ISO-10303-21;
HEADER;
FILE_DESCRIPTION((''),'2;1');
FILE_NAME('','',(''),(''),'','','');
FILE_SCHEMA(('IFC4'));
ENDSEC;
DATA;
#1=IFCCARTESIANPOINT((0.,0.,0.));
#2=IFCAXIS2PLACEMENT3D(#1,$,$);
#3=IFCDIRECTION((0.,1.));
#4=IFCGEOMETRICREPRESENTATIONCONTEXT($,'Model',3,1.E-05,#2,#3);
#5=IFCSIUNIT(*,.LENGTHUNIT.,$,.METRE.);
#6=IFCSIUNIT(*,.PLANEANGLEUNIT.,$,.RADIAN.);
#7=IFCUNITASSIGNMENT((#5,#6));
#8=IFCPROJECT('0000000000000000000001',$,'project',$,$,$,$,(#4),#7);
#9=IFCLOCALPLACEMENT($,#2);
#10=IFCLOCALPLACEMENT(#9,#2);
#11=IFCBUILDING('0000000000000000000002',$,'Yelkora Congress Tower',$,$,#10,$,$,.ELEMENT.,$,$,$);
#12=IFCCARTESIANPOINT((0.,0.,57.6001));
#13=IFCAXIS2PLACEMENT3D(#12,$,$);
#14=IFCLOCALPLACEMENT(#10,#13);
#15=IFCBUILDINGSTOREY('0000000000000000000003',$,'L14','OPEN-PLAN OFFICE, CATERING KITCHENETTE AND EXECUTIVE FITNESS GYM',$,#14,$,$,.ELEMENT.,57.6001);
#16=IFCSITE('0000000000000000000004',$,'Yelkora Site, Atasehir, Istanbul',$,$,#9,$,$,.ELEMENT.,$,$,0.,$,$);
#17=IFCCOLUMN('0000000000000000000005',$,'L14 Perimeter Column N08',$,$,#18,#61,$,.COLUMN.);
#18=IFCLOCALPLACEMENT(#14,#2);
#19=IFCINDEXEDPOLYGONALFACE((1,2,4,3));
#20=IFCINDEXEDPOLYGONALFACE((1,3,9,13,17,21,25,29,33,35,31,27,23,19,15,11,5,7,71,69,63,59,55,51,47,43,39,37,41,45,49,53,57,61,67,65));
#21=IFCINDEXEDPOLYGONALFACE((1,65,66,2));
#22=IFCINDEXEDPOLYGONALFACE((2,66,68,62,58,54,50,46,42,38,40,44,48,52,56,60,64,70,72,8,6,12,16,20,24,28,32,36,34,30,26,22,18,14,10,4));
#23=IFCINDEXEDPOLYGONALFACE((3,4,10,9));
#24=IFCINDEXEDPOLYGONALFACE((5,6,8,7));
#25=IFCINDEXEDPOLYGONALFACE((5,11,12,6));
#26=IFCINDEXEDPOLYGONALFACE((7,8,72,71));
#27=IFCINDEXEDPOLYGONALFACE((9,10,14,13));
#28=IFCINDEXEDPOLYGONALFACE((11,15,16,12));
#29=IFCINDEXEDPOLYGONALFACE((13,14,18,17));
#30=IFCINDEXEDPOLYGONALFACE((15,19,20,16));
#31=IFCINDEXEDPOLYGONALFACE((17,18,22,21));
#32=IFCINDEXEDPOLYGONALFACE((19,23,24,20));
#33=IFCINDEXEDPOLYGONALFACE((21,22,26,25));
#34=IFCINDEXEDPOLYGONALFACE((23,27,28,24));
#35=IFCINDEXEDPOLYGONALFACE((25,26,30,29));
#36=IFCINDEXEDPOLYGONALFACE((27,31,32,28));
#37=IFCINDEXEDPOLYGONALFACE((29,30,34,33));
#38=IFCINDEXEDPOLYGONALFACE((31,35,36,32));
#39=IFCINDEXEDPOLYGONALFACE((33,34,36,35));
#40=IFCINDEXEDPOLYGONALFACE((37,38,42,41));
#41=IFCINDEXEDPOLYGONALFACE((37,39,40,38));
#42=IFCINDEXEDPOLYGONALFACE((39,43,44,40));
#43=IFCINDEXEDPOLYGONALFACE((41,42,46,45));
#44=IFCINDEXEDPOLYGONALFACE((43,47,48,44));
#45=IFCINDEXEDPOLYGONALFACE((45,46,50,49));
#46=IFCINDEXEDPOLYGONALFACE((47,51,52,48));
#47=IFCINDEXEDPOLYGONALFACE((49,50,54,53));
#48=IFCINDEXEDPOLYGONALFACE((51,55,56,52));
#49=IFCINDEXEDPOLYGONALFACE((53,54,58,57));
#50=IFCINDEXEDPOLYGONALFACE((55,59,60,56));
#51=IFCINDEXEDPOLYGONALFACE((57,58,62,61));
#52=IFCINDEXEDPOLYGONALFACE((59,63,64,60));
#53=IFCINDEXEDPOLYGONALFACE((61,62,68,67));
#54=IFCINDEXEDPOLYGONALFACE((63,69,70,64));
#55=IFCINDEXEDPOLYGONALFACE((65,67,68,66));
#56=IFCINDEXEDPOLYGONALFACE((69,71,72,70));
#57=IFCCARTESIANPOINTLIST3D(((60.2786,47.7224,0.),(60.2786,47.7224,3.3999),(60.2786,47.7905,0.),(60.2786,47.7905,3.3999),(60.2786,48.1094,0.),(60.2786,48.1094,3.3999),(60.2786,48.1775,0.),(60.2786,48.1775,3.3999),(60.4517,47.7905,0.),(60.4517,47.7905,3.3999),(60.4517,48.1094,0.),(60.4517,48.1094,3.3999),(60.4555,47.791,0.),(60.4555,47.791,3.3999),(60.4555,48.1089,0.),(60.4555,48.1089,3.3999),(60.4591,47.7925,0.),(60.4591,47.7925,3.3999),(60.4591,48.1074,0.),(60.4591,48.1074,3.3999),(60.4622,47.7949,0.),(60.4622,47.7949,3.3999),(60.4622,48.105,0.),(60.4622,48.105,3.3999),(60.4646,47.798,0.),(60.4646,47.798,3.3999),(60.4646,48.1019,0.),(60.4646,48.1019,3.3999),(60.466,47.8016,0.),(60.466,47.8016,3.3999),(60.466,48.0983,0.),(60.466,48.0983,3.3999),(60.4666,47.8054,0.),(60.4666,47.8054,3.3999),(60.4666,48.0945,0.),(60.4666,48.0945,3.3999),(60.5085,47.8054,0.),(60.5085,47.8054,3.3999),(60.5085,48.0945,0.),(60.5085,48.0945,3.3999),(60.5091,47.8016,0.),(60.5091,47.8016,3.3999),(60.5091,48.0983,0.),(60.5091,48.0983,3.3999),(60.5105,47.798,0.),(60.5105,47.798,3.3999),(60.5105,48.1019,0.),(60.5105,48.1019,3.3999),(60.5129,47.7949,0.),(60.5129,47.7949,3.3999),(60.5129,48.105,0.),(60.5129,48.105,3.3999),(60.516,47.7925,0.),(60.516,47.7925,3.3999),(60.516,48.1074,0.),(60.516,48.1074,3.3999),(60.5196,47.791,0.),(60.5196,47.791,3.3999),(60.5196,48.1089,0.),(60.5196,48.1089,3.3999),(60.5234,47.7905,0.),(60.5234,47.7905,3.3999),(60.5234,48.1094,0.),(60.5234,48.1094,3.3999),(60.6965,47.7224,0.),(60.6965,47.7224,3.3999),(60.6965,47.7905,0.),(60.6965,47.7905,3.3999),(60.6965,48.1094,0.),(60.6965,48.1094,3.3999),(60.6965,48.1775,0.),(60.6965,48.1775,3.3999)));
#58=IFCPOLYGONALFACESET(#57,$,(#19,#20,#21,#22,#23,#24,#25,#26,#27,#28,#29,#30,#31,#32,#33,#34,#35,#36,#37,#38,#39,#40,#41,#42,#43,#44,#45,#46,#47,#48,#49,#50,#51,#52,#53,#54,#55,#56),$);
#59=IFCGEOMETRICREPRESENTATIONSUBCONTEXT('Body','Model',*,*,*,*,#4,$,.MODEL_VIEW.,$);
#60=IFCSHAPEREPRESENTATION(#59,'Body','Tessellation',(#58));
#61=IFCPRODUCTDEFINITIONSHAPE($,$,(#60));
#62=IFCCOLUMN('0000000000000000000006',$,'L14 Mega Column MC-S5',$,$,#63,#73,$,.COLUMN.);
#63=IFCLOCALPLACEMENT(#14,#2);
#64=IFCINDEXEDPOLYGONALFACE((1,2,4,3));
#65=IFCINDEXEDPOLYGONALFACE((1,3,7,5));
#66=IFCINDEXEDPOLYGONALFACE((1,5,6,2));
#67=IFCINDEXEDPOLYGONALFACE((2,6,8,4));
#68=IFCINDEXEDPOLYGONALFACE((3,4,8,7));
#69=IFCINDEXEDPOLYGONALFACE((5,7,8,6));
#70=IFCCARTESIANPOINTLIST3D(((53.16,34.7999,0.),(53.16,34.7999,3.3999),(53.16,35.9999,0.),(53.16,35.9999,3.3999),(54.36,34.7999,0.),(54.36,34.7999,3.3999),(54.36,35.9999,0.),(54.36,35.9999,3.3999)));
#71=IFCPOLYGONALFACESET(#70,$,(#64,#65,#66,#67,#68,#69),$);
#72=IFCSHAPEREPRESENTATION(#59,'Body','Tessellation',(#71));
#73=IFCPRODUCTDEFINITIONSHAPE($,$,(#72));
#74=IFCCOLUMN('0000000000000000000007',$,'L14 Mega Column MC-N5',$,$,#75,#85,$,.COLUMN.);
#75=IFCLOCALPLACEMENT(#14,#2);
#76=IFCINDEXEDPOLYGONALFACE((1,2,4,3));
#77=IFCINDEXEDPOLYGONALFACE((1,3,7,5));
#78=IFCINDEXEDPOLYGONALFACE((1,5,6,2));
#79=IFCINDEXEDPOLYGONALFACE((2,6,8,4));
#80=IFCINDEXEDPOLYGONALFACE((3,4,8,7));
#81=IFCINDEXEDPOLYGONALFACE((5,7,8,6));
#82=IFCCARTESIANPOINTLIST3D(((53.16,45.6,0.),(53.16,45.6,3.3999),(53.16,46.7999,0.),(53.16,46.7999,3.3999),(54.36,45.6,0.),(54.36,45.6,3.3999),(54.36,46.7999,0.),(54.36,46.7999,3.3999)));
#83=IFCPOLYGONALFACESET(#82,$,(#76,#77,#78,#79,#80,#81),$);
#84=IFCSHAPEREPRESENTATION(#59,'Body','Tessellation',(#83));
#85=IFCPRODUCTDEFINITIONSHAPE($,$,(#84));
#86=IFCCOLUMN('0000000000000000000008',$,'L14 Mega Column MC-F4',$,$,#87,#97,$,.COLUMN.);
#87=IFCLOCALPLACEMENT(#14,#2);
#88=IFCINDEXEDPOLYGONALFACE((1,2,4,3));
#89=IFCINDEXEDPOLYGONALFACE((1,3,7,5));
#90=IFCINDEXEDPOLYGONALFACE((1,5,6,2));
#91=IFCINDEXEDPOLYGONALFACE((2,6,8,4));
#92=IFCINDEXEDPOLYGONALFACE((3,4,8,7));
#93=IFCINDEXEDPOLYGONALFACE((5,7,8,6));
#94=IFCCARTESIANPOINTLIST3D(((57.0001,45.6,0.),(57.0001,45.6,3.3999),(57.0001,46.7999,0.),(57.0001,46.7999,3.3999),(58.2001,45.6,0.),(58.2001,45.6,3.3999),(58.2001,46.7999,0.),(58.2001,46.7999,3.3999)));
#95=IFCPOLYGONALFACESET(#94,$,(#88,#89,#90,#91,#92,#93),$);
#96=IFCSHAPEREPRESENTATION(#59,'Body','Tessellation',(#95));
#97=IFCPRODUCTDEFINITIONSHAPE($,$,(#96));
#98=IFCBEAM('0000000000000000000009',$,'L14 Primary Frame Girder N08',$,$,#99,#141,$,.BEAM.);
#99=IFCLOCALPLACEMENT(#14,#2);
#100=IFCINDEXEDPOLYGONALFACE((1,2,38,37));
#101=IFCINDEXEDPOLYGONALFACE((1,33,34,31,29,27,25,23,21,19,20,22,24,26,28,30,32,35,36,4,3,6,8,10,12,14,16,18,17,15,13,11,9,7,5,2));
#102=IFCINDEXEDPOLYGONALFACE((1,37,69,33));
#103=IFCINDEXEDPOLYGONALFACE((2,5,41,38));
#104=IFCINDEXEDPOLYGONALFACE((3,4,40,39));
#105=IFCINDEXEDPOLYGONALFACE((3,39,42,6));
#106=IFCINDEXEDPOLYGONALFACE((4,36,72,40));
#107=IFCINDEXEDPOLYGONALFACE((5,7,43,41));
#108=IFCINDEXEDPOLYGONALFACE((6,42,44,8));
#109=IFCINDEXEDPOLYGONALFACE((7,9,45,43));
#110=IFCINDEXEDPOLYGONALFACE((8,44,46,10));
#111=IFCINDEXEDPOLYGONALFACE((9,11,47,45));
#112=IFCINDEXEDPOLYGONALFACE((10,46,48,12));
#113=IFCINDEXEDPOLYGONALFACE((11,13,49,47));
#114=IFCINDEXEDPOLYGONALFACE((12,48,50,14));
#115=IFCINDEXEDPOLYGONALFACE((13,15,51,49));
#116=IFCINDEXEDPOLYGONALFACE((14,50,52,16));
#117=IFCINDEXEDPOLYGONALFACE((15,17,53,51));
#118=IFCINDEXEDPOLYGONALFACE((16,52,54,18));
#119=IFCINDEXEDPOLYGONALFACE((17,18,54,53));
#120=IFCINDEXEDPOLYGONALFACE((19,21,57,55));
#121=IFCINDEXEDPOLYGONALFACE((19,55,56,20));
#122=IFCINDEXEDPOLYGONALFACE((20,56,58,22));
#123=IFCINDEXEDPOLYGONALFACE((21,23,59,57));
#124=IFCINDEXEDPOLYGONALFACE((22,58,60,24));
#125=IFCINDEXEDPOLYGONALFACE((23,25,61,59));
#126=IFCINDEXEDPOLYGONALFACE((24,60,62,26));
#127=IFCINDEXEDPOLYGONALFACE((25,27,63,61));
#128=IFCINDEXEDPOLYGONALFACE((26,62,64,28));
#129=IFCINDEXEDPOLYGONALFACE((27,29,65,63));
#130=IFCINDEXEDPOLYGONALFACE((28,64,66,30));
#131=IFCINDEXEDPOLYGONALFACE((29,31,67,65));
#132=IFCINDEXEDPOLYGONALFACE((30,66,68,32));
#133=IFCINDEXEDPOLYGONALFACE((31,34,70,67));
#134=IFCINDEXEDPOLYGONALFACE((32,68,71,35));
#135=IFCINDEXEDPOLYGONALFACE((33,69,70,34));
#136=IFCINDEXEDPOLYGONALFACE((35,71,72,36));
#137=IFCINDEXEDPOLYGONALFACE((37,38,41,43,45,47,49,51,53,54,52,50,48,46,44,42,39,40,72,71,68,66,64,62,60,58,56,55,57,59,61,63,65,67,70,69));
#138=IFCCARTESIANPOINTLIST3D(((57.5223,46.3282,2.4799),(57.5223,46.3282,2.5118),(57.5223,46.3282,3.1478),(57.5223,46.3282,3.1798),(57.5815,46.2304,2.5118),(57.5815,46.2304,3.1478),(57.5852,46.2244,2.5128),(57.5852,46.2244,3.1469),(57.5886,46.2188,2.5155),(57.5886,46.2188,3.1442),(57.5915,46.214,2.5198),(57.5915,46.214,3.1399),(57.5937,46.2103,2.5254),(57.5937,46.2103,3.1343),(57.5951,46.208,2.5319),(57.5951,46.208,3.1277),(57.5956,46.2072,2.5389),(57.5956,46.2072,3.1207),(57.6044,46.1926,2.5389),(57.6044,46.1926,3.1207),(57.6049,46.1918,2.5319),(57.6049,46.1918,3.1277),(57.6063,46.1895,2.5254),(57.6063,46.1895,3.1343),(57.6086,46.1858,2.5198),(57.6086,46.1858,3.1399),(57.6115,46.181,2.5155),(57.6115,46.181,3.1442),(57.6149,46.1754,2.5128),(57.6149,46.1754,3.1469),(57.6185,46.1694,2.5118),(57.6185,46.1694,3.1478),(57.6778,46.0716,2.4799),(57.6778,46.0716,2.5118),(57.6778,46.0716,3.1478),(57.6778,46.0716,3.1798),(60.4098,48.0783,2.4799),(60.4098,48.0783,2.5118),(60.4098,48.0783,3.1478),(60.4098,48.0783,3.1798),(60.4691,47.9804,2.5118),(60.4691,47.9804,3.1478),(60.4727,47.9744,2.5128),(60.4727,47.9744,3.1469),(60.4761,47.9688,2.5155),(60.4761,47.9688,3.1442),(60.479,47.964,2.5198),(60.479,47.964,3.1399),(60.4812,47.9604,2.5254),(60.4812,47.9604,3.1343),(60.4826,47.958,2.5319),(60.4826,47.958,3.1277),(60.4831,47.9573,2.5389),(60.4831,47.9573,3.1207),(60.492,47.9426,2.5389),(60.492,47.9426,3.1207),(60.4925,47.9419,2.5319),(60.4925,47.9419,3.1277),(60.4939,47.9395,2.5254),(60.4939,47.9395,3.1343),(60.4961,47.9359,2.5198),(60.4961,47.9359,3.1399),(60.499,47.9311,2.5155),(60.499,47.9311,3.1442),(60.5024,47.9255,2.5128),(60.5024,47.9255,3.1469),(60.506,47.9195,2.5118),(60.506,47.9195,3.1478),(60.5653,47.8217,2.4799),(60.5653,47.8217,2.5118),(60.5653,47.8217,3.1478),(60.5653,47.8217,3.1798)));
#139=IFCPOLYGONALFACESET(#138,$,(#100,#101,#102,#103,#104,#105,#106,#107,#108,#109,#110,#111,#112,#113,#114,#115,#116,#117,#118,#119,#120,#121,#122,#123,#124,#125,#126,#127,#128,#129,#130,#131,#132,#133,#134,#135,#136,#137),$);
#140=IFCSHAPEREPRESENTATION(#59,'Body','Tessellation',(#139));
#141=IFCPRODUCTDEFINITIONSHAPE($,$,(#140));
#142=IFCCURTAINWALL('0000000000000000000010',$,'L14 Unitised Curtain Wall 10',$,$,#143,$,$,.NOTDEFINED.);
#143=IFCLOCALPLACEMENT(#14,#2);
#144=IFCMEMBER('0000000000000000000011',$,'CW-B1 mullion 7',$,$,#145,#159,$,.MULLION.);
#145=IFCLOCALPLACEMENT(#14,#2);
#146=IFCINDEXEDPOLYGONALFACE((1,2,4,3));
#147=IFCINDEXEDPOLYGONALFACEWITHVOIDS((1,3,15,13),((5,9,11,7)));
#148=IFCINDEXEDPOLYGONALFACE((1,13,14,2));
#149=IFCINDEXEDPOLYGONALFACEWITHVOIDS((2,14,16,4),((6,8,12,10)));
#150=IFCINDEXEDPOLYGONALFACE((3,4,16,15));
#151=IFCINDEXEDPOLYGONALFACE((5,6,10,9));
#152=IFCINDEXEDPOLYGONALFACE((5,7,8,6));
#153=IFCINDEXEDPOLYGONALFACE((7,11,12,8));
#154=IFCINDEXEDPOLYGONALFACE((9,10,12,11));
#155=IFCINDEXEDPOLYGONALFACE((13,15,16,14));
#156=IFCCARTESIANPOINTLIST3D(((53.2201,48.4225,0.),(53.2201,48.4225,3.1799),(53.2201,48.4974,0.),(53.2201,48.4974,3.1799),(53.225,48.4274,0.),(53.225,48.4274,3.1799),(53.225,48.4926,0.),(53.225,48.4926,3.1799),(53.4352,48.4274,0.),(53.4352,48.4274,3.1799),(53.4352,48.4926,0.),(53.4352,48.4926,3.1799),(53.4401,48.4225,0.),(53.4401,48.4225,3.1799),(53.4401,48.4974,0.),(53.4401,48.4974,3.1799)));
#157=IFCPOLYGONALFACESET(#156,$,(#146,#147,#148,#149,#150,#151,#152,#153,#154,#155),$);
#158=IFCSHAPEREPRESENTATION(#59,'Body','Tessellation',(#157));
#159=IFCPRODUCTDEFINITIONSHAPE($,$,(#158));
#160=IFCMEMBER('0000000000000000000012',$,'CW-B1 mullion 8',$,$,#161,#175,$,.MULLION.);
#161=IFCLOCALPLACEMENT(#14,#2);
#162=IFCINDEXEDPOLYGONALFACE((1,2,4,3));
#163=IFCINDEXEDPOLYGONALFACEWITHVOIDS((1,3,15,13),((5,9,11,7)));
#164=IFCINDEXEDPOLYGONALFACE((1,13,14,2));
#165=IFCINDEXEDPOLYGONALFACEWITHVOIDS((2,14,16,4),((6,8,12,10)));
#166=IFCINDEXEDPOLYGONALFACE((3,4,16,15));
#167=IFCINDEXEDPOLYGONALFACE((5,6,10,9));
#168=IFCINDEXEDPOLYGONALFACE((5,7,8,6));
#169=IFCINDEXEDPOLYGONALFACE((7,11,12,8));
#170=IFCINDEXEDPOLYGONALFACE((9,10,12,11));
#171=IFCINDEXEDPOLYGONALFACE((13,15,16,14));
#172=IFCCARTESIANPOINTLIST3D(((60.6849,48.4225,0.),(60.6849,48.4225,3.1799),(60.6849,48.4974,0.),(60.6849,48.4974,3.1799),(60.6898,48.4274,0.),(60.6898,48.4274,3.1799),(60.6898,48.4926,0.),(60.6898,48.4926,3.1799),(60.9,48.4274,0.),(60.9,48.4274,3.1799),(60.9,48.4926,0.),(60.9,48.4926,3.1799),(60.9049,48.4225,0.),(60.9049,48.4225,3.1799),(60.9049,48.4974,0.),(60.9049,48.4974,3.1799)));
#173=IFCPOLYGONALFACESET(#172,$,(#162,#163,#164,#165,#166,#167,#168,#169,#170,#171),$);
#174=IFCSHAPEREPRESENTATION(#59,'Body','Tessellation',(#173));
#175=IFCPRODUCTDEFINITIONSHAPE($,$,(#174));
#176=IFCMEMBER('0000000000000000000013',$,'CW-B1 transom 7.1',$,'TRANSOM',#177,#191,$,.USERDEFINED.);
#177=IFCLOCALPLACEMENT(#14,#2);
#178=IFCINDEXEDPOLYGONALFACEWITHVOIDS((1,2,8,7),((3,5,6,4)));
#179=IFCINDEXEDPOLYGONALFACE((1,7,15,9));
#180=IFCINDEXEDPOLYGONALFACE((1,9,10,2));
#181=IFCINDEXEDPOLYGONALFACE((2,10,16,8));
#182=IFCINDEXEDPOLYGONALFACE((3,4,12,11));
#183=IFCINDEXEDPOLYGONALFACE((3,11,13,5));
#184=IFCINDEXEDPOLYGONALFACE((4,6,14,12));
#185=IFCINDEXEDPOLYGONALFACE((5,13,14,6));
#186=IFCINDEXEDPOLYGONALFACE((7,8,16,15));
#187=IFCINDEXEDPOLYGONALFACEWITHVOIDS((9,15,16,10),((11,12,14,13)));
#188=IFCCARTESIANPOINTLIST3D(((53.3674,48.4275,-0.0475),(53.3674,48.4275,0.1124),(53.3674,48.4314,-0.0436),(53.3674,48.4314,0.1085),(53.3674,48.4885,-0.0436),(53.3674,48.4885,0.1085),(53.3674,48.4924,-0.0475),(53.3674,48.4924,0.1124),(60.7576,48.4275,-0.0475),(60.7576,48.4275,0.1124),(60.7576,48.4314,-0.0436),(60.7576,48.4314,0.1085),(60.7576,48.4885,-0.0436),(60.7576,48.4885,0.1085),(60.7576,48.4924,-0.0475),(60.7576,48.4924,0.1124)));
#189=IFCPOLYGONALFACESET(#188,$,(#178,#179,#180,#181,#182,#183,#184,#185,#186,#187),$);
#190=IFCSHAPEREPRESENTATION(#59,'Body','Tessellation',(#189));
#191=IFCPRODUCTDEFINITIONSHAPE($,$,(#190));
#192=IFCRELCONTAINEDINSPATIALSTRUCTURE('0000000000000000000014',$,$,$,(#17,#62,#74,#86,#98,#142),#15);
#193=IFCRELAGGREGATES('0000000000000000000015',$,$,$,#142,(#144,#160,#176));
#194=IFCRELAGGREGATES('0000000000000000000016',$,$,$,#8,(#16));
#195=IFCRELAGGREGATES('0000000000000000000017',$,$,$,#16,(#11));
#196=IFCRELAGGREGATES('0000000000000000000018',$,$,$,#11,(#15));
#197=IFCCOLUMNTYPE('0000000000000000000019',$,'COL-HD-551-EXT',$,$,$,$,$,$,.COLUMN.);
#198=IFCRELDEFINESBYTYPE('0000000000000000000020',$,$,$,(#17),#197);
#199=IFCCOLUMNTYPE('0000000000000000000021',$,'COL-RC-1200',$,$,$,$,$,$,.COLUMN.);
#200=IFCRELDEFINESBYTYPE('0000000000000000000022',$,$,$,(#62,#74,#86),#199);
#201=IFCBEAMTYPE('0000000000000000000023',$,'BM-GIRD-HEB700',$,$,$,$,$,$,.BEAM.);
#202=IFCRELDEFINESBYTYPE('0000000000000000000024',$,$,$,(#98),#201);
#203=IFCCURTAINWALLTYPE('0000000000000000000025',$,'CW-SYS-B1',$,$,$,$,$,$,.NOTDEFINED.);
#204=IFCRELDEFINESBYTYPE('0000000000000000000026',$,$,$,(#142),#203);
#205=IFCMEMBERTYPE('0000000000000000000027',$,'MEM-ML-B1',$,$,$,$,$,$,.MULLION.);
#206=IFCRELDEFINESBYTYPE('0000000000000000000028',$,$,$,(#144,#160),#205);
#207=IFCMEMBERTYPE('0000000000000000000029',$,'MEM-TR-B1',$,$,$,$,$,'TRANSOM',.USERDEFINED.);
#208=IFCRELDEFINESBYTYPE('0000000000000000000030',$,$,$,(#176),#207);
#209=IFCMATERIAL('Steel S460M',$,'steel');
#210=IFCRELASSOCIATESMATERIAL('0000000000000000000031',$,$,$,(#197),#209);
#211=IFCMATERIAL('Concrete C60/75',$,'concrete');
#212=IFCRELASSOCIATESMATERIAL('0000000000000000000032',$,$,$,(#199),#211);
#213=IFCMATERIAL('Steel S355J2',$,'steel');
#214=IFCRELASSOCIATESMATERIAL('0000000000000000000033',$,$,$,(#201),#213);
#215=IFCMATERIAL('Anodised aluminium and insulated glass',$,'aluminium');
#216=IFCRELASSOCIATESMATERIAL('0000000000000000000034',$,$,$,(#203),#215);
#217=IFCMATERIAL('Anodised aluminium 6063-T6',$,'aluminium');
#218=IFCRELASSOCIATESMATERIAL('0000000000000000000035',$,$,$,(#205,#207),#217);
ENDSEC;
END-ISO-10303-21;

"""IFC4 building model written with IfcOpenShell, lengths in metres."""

from ifc_helpers import new_model, si_unit, direction, frame, origin, origin_2d, place, context, subcontext, project, spatial, rectangle, hollow_rectangle, i_section, extrude, material, material_profile, profile_set, type_object, element, aggregate, save


model = new_model("IFC4")

# Units and contexts
model_context = context("Model", 3, precision=1e-05, world=origin(), true_north=direction((0.0, 1.0)))
body_context = subcontext(model_context, "Body", "Model", "MODEL_VIEW")
ifc_project = project(units=[si_unit("LENGTHUNIT", "METRE"), si_unit("PLANEANGLEUNIT", "RADIAN")], contexts=[model_context])

# Site, building, storey
site_placement = place(None, origin())
site = spatial("IfcSite", under=ifc_project, at=site_placement, Name="Yelkora Site, Atasehir, Istanbul", CompositionType="ELEMENT", RefElevation=0.0)
building_placement = place(site_placement, origin())
building = spatial("IfcBuilding", under=site, at=building_placement, Name="Yelkora Congress Tower", CompositionType="ELEMENT")
storey_placement = place(building_placement, frame((0.0, 0.0, 57.6001)))
storey = spatial("IfcBuildingStorey", under=building, at=storey_placement, Name="L14", Description="OPEN-PLAN OFFICE, CATERING KITCHENETTE AND EXECUTIVE FITNESS GYM", CompositionType="ELEMENT", Elevation=57.6001)

# Columns
ifc_material_1 = material(Name="Steel S460M", Category="steel")
ifc_material_profile_1 = material_profile(ifc_material_1, i_section(OverallWidth=0.418, OverallDepth=0.4551, WebThickness=0.042, FlangeThickness=0.0681, FilletRadius=0.0149, at=origin_2d()), Name="HD 400x551")
ifc_profile_set_1 = profile_set([ifc_material_profile_1], Name="Steel S460M")
column_type_1 = type_object("IfcColumnType", Name="COL-HD-551-EXT", PredefinedType="COLUMN", material=ifc_profile_set_1)
column_placement = place(storey_placement, frame((60.4875, 47.95, 0.0), z_axis=(0.0, 0.0, 1.0), x_axis=(1.0, 0.0, 0.0)))
element("IfcColumn", 1, at=column_placement, inside=storey, type_object=column_type_1, Name="L14 Perimeter Column N08", PredefinedType="COLUMN", context=body_context, shape_type="SweptSolid", body=[
    extrude(i_section(OverallWidth=0.418, OverallDepth=0.4551, WebThickness=0.042, FlangeThickness=0.0681, FilletRadius=0.0149, at=origin_2d()), origin(), (0.0, 0.0, 1.0), 3.3999),
])
ifc_material_2 = material(Name="Concrete C60/75", Category="concrete")
ifc_material_profile_2 = material_profile(ifc_material_2, rectangle(XDim=1.2, YDim=1.2, at=origin_2d()), Name="RC 1200x1200")
ifc_profile_set_2 = profile_set([ifc_material_profile_2], Name="Concrete C60/75")
column_type_2 = type_object("IfcColumnType", Name="COL-RC-1200", PredefinedType="COLUMN", material=ifc_profile_set_2)
for number, where, z_axis, x_axis, name in (
    (2, (53.76, 35.3999, 0.0), (0.0, 0.0, 1.0), (1.0, 0.0, 0.0), "L14 Mega Column MC-S5"),
    (3, (53.76, 46.2, 0.0), (0.0, 0.0, 1.0), (1.0, 0.0, 0.0), "L14 Mega Column MC-N5"),
    (4, (57.6001, 46.2, 0.0), (0.0, 0.0, 1.0), (1.0, 0.0, 0.0), "L14 Mega Column MC-F4"),
):
    element("IfcColumn", number, at=place(storey_placement, frame(where, z_axis=z_axis, x_axis=x_axis)), inside=storey, type_object=column_type_2, Name=name, PredefinedType="COLUMN", context=body_context, shape_type="SweptSolid", body=[
        extrude(rectangle(XDim=1.2, YDim=1.2, at=origin_2d()), origin(), (0.0, 0.0, 1.0), 3.3999),
    ])

# Beam
ifc_material_3 = material(Name="Steel S355J2", Category="steel")
ifc_material_profile_3 = material_profile(ifc_material_3, i_section(OverallWidth=0.3, OverallDepth=0.7, WebThickness=0.0171, FlangeThickness=0.032, FilletRadius=0.0271, at=origin_2d()), Name="HEB 700")
ifc_profile_set_3 = profile_set([ifc_material_profile_3], Name="Steel S355J2")
beam_type = type_object("IfcBeamType", Name="BM-GIRD-HEB700", PredefinedType="BEAM", material=ifc_profile_set_3)
beam_placement = place(storey_placement, frame((60.4875, 47.95, 2.8298), z_axis=(-0.855194, -0.518308, 0.0), x_axis=(0.518308, -0.855194, 0.0)))
element("IfcBeam", 5, at=beam_placement, inside=storey, type_object=beam_type, Name="L14 Primary Frame Girder N08", PredefinedType="BEAM", context=body_context, shape_type="SweptSolid", body=[
    extrude(i_section(OverallWidth=0.3, OverallDepth=0.7, WebThickness=0.0171, FlangeThickness=0.032, FilletRadius=0.0271, at=origin_2d()), origin(), (0.0, 0.0, 1.0), 3.3765),
])

# Curtain wall, members
ifc_material_4 = material(Name="Anodised aluminium and insulated glass", Category="aluminium")
curtain_wall_type = type_object("IfcCurtainWallType", Name="CW-SYS-B1", PredefinedType="NOTDEFINED", material=ifc_material_4)
curtain_wall_placement = place(storey_placement, origin())
curtain_wall = element("IfcCurtainWall", 6, at=curtain_wall_placement, inside=storey, type_object=curtain_wall_type, Name="L14 Unitised Curtain Wall 10", PredefinedType="NOTDEFINED")
ifc_material_5 = material(Name="Anodised aluminium 6063-T6", Category="aluminium")
ifc_material_profile_4 = material_profile(ifc_material_5, hollow_rectangle(XDim=0.075, YDim=0.22, WallThickness=0.0049, at=origin_2d()), Name="ALU 75x220x5")
ifc_profile_set_4 = profile_set([ifc_material_profile_4], Name="Anodised aluminium 6063-T6")
member_type_1 = type_object("IfcMemberType", Name="MEM-ML-B1", PredefinedType="MULLION", material=ifc_profile_set_4)
member_1_placement = place(storey_placement, frame((53.3301, 48.46, 0.0), z_axis=(0.0, 0.0, 1.0), x_axis=(0.0, 1.0, 0.0)))
member_1 = element("IfcMember", 7, at=member_1_placement, type_object=member_type_1, Name="CW-B1 mullion 7", PredefinedType="MULLION", context=body_context, shape_type="SweptSolid", body=[
    extrude(hollow_rectangle(XDim=0.075, YDim=0.22, WallThickness=0.0049, at=origin_2d()), origin(), (0.0, 0.0, 1.0), 3.1799),
])
member_2_placement = place(storey_placement, frame((60.7949, 48.46, 0.0), z_axis=(0.0, 0.0, 1.0), x_axis=(0.0, 1.0, 0.0)))
member_2 = element("IfcMember", 8, at=member_2_placement, type_object=member_type_1, Name="CW-B1 mullion 8", PredefinedType="MULLION", context=body_context, shape_type="SweptSolid", body=[
    extrude(hollow_rectangle(XDim=0.075, YDim=0.22, WallThickness=0.0049, at=origin_2d()), origin(), (0.0, 0.0, 1.0), 3.1799),
])
ifc_material_profile_5 = material_profile(ifc_material_5, hollow_rectangle(XDim=0.0649, YDim=0.1599, WallThickness=0.0039, at=origin_2d()), Name="ALU 65x160x4")
ifc_profile_set_5 = profile_set([ifc_material_profile_5], Name="Anodised aluminium 6063-T6")
member_type_2 = type_object("IfcMemberType", Name="MEM-TR-B1", ElementType="TRANSOM", PredefinedType="USERDEFINED", material=ifc_profile_set_5)
member_3_placement = place(storey_placement, frame((53.3674, 48.46, 0.0325), z_axis=(1.0, 0.0, 0.0), x_axis=(0.0, 1.0, 0.0)))
member_3 = element("IfcMember", 9, at=member_3_placement, type_object=member_type_2, Name="CW-B1 transom 7.1", ObjectType="TRANSOM", PredefinedType="USERDEFINED", context=body_context, shape_type="SweptSolid", body=[
    extrude(hollow_rectangle(XDim=0.0649, YDim=0.1599, WallThickness=0.0039, at=origin_2d()), origin(), (0.0, 0.0, 1.0), 7.3901),
])
aggregate(curtain_wall, [member_1, member_2, member_3])

save(model, "model.ifc")
